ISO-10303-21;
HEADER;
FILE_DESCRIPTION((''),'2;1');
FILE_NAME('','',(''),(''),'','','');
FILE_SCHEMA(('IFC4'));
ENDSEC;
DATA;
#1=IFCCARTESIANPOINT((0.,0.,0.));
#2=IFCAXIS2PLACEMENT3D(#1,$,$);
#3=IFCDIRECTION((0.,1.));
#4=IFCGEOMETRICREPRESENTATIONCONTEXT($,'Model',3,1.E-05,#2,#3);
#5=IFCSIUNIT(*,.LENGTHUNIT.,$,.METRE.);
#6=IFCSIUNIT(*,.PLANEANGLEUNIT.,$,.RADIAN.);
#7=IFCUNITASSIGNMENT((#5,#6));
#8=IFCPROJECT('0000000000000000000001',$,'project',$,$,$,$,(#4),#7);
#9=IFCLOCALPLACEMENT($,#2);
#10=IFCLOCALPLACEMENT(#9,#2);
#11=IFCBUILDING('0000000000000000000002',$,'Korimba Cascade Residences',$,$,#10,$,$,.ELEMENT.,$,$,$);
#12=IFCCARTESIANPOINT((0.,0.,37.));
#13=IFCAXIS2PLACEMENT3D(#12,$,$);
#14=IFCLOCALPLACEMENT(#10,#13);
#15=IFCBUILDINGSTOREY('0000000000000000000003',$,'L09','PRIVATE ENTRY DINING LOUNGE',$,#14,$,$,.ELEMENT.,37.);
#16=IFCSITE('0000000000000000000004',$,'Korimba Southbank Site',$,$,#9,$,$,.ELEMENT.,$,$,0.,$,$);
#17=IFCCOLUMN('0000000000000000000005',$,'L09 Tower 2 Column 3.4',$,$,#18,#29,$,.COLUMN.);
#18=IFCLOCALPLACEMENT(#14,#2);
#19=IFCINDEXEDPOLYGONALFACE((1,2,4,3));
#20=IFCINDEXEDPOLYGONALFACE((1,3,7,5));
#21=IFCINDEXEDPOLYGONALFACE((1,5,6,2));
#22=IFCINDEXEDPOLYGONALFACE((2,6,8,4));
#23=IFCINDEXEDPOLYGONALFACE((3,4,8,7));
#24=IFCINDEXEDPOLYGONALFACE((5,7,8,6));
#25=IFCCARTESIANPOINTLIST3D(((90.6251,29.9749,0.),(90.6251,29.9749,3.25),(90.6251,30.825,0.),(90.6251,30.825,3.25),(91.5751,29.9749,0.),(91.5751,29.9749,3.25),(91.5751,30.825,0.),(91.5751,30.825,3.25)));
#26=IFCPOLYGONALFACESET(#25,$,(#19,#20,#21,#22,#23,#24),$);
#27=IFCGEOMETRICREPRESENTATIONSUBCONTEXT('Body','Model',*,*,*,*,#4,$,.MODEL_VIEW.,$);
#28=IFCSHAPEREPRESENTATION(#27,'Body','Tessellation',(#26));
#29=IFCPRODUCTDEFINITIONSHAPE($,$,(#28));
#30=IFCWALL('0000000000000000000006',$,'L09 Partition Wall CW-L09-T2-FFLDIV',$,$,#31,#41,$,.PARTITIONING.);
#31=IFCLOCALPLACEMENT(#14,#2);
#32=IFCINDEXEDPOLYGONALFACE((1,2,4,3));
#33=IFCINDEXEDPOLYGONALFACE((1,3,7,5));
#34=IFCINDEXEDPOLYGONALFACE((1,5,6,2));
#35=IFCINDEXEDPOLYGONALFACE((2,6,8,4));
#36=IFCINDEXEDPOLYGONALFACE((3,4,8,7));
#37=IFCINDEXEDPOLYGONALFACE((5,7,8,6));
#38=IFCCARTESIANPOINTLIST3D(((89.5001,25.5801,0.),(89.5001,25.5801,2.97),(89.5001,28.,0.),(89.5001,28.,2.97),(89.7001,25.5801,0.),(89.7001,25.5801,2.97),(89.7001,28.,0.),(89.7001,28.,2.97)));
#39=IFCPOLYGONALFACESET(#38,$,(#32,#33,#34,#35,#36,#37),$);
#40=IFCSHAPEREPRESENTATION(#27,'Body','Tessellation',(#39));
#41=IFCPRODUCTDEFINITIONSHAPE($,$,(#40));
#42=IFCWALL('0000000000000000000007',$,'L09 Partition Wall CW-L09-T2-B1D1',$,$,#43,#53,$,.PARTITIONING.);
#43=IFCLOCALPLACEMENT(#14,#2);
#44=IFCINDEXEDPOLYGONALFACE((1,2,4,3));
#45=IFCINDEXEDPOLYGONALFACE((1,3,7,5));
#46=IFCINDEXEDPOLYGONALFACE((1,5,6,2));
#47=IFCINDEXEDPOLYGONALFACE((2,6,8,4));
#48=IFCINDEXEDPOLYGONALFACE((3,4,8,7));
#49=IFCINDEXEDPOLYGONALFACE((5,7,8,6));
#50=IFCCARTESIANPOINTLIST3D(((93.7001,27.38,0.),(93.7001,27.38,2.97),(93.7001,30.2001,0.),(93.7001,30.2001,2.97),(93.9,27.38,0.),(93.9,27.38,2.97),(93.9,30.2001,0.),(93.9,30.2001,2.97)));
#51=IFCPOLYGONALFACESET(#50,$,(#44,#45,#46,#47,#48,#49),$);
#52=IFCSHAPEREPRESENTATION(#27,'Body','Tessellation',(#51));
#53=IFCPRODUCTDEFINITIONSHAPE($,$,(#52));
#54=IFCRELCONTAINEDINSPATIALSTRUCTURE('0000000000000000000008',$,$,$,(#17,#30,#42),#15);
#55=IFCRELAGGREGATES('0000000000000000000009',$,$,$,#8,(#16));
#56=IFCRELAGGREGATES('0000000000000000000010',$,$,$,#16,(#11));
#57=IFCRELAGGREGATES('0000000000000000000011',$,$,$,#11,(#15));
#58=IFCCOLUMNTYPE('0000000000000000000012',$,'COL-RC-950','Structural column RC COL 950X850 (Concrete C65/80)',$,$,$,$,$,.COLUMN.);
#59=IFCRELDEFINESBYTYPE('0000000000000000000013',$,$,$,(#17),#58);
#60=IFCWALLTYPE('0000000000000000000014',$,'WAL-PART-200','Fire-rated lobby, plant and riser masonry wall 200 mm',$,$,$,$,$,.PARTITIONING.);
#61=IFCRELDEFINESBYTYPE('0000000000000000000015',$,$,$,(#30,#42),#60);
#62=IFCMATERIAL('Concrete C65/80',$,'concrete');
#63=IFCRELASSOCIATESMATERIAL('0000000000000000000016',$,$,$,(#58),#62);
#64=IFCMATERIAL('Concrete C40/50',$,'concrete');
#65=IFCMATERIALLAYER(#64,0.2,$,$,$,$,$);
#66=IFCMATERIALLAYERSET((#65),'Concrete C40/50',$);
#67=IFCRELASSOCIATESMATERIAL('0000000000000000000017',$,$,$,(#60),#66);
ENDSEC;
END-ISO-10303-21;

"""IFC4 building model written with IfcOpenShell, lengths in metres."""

from ifc_helpers import new_model, si_unit, direction, frame, frame_2d, origin, origin_2d, place, context, subcontext, project, spatial, rectangle, extrude, material, layer, layer_set, material_profile, profile_set, type_object, element, save


model = new_model("IFC4")

# Units and contexts
model_context = context("Model", 3, precision=1e-05, world=origin(), true_north=direction((0.0, 1.0)))
body_context = subcontext(model_context, "Body", "Model", "MODEL_VIEW")
ifc_project = project(units=[si_unit("LENGTHUNIT", "METRE"), si_unit("PLANEANGLEUNIT", "RADIAN")], contexts=[model_context])

# Site, building, storey
site_placement = place(None, origin())
site = spatial("IfcSite", under=ifc_project, at=site_placement, Name="Korimba Southbank Site", CompositionType="ELEMENT", RefElevation=0.0)
building_placement = place(site_placement, origin())
building = spatial("IfcBuilding", under=site, at=building_placement, Name="Korimba Cascade Residences", CompositionType="ELEMENT")
storey_placement = place(building_placement, frame((0.0, 0.0, 37.0)))
storey = spatial("IfcBuildingStorey", under=building, at=storey_placement, Name="L09", Description="PRIVATE ENTRY DINING LOUNGE", CompositionType="ELEMENT", Elevation=37.0)

# Column
ifc_material_1 = material(Name="Concrete C65/80", Category="concrete")
ifc_material_profile = material_profile(ifc_material_1, rectangle(XDim=0.95, YDim=0.8501, at=origin_2d()), Name="Concrete C65/80")
ifc_profile_set = profile_set([ifc_material_profile], Name="Concrete C65/80")
column_type = type_object("IfcColumnType", Name="COL-RC-950", Description="Structural column RC COL 950X850 (Concrete C65/80)", PredefinedType="COLUMN", material=ifc_profile_set)
column_placement = place(storey_placement, frame((91.1001, 30.3999, 0.0), z_axis=(0.0, 0.0, 1.0), x_axis=(1.0, 0.0, 0.0)))
element("IfcColumn", 1, at=column_placement, inside=storey, type_object=column_type, Name="L09 Tower 2 Column 3.4", PredefinedType="COLUMN", context=body_context, shape_type="SweptSolid", body=[
    extrude(rectangle(XDim=0.95, YDim=0.8501, at=origin_2d()), origin(), (0.0, 0.0, 1.0), 3.25),
])

# Walls
ifc_material_2 = material(Name="Concrete C40/50", Category="concrete")
ifc_layer_1 = layer(ifc_material_2, 0.2)
ifc_layer_set_1 = layer_set([ifc_layer_1], Name="Concrete C40/50")
wall_type_1 = type_object("IfcWallType", Name="WAL-PART-200", Description="Fire-rated lobby, plant and riser masonry wall 200 mm", PredefinedType="PARTITIONING", material=ifc_layer_set_1)
wall_1_placement = place(storey_placement, frame((89.6001, 25.5801, 0.0), z_axis=(0.0, 0.0, 1.0), x_axis=(0.0, 1.0, 0.0)))
element("IfcWall", 2, at=wall_1_placement, inside=storey, type_object=wall_type_1, Name="L09 Partition Wall CW-L09-T2-FFLDIV", PredefinedType="PARTITIONING", context=body_context, shape_type="SweptSolid", body=[
    extrude(rectangle(XDim=2.4199, YDim=0.2, at=frame_2d((1.21, 0.0))), origin(), (0.0, 0.0, 1.0), 2.97),
])
wall_2_placement = place(storey_placement, frame((93.8, 27.3799, 0.0), z_axis=(0.0, 0.0, 1.0), x_axis=(0.0, 1.0, 0.0)))
element("IfcWall", 3, at=wall_2_placement, inside=storey, type_object=wall_type_1, Name="L09 Partition Wall CW-L09-T2-B1D1", PredefinedType="PARTITIONING", context=body_context, shape_type="SweptSolid", body=[
    extrude(rectangle(XDim=2.8201, YDim=0.2, at=frame_2d((1.4102, 0.0))), origin(), (0.0, 0.0, 1.0), 2.97),
])

save(model, "model.ifc")
